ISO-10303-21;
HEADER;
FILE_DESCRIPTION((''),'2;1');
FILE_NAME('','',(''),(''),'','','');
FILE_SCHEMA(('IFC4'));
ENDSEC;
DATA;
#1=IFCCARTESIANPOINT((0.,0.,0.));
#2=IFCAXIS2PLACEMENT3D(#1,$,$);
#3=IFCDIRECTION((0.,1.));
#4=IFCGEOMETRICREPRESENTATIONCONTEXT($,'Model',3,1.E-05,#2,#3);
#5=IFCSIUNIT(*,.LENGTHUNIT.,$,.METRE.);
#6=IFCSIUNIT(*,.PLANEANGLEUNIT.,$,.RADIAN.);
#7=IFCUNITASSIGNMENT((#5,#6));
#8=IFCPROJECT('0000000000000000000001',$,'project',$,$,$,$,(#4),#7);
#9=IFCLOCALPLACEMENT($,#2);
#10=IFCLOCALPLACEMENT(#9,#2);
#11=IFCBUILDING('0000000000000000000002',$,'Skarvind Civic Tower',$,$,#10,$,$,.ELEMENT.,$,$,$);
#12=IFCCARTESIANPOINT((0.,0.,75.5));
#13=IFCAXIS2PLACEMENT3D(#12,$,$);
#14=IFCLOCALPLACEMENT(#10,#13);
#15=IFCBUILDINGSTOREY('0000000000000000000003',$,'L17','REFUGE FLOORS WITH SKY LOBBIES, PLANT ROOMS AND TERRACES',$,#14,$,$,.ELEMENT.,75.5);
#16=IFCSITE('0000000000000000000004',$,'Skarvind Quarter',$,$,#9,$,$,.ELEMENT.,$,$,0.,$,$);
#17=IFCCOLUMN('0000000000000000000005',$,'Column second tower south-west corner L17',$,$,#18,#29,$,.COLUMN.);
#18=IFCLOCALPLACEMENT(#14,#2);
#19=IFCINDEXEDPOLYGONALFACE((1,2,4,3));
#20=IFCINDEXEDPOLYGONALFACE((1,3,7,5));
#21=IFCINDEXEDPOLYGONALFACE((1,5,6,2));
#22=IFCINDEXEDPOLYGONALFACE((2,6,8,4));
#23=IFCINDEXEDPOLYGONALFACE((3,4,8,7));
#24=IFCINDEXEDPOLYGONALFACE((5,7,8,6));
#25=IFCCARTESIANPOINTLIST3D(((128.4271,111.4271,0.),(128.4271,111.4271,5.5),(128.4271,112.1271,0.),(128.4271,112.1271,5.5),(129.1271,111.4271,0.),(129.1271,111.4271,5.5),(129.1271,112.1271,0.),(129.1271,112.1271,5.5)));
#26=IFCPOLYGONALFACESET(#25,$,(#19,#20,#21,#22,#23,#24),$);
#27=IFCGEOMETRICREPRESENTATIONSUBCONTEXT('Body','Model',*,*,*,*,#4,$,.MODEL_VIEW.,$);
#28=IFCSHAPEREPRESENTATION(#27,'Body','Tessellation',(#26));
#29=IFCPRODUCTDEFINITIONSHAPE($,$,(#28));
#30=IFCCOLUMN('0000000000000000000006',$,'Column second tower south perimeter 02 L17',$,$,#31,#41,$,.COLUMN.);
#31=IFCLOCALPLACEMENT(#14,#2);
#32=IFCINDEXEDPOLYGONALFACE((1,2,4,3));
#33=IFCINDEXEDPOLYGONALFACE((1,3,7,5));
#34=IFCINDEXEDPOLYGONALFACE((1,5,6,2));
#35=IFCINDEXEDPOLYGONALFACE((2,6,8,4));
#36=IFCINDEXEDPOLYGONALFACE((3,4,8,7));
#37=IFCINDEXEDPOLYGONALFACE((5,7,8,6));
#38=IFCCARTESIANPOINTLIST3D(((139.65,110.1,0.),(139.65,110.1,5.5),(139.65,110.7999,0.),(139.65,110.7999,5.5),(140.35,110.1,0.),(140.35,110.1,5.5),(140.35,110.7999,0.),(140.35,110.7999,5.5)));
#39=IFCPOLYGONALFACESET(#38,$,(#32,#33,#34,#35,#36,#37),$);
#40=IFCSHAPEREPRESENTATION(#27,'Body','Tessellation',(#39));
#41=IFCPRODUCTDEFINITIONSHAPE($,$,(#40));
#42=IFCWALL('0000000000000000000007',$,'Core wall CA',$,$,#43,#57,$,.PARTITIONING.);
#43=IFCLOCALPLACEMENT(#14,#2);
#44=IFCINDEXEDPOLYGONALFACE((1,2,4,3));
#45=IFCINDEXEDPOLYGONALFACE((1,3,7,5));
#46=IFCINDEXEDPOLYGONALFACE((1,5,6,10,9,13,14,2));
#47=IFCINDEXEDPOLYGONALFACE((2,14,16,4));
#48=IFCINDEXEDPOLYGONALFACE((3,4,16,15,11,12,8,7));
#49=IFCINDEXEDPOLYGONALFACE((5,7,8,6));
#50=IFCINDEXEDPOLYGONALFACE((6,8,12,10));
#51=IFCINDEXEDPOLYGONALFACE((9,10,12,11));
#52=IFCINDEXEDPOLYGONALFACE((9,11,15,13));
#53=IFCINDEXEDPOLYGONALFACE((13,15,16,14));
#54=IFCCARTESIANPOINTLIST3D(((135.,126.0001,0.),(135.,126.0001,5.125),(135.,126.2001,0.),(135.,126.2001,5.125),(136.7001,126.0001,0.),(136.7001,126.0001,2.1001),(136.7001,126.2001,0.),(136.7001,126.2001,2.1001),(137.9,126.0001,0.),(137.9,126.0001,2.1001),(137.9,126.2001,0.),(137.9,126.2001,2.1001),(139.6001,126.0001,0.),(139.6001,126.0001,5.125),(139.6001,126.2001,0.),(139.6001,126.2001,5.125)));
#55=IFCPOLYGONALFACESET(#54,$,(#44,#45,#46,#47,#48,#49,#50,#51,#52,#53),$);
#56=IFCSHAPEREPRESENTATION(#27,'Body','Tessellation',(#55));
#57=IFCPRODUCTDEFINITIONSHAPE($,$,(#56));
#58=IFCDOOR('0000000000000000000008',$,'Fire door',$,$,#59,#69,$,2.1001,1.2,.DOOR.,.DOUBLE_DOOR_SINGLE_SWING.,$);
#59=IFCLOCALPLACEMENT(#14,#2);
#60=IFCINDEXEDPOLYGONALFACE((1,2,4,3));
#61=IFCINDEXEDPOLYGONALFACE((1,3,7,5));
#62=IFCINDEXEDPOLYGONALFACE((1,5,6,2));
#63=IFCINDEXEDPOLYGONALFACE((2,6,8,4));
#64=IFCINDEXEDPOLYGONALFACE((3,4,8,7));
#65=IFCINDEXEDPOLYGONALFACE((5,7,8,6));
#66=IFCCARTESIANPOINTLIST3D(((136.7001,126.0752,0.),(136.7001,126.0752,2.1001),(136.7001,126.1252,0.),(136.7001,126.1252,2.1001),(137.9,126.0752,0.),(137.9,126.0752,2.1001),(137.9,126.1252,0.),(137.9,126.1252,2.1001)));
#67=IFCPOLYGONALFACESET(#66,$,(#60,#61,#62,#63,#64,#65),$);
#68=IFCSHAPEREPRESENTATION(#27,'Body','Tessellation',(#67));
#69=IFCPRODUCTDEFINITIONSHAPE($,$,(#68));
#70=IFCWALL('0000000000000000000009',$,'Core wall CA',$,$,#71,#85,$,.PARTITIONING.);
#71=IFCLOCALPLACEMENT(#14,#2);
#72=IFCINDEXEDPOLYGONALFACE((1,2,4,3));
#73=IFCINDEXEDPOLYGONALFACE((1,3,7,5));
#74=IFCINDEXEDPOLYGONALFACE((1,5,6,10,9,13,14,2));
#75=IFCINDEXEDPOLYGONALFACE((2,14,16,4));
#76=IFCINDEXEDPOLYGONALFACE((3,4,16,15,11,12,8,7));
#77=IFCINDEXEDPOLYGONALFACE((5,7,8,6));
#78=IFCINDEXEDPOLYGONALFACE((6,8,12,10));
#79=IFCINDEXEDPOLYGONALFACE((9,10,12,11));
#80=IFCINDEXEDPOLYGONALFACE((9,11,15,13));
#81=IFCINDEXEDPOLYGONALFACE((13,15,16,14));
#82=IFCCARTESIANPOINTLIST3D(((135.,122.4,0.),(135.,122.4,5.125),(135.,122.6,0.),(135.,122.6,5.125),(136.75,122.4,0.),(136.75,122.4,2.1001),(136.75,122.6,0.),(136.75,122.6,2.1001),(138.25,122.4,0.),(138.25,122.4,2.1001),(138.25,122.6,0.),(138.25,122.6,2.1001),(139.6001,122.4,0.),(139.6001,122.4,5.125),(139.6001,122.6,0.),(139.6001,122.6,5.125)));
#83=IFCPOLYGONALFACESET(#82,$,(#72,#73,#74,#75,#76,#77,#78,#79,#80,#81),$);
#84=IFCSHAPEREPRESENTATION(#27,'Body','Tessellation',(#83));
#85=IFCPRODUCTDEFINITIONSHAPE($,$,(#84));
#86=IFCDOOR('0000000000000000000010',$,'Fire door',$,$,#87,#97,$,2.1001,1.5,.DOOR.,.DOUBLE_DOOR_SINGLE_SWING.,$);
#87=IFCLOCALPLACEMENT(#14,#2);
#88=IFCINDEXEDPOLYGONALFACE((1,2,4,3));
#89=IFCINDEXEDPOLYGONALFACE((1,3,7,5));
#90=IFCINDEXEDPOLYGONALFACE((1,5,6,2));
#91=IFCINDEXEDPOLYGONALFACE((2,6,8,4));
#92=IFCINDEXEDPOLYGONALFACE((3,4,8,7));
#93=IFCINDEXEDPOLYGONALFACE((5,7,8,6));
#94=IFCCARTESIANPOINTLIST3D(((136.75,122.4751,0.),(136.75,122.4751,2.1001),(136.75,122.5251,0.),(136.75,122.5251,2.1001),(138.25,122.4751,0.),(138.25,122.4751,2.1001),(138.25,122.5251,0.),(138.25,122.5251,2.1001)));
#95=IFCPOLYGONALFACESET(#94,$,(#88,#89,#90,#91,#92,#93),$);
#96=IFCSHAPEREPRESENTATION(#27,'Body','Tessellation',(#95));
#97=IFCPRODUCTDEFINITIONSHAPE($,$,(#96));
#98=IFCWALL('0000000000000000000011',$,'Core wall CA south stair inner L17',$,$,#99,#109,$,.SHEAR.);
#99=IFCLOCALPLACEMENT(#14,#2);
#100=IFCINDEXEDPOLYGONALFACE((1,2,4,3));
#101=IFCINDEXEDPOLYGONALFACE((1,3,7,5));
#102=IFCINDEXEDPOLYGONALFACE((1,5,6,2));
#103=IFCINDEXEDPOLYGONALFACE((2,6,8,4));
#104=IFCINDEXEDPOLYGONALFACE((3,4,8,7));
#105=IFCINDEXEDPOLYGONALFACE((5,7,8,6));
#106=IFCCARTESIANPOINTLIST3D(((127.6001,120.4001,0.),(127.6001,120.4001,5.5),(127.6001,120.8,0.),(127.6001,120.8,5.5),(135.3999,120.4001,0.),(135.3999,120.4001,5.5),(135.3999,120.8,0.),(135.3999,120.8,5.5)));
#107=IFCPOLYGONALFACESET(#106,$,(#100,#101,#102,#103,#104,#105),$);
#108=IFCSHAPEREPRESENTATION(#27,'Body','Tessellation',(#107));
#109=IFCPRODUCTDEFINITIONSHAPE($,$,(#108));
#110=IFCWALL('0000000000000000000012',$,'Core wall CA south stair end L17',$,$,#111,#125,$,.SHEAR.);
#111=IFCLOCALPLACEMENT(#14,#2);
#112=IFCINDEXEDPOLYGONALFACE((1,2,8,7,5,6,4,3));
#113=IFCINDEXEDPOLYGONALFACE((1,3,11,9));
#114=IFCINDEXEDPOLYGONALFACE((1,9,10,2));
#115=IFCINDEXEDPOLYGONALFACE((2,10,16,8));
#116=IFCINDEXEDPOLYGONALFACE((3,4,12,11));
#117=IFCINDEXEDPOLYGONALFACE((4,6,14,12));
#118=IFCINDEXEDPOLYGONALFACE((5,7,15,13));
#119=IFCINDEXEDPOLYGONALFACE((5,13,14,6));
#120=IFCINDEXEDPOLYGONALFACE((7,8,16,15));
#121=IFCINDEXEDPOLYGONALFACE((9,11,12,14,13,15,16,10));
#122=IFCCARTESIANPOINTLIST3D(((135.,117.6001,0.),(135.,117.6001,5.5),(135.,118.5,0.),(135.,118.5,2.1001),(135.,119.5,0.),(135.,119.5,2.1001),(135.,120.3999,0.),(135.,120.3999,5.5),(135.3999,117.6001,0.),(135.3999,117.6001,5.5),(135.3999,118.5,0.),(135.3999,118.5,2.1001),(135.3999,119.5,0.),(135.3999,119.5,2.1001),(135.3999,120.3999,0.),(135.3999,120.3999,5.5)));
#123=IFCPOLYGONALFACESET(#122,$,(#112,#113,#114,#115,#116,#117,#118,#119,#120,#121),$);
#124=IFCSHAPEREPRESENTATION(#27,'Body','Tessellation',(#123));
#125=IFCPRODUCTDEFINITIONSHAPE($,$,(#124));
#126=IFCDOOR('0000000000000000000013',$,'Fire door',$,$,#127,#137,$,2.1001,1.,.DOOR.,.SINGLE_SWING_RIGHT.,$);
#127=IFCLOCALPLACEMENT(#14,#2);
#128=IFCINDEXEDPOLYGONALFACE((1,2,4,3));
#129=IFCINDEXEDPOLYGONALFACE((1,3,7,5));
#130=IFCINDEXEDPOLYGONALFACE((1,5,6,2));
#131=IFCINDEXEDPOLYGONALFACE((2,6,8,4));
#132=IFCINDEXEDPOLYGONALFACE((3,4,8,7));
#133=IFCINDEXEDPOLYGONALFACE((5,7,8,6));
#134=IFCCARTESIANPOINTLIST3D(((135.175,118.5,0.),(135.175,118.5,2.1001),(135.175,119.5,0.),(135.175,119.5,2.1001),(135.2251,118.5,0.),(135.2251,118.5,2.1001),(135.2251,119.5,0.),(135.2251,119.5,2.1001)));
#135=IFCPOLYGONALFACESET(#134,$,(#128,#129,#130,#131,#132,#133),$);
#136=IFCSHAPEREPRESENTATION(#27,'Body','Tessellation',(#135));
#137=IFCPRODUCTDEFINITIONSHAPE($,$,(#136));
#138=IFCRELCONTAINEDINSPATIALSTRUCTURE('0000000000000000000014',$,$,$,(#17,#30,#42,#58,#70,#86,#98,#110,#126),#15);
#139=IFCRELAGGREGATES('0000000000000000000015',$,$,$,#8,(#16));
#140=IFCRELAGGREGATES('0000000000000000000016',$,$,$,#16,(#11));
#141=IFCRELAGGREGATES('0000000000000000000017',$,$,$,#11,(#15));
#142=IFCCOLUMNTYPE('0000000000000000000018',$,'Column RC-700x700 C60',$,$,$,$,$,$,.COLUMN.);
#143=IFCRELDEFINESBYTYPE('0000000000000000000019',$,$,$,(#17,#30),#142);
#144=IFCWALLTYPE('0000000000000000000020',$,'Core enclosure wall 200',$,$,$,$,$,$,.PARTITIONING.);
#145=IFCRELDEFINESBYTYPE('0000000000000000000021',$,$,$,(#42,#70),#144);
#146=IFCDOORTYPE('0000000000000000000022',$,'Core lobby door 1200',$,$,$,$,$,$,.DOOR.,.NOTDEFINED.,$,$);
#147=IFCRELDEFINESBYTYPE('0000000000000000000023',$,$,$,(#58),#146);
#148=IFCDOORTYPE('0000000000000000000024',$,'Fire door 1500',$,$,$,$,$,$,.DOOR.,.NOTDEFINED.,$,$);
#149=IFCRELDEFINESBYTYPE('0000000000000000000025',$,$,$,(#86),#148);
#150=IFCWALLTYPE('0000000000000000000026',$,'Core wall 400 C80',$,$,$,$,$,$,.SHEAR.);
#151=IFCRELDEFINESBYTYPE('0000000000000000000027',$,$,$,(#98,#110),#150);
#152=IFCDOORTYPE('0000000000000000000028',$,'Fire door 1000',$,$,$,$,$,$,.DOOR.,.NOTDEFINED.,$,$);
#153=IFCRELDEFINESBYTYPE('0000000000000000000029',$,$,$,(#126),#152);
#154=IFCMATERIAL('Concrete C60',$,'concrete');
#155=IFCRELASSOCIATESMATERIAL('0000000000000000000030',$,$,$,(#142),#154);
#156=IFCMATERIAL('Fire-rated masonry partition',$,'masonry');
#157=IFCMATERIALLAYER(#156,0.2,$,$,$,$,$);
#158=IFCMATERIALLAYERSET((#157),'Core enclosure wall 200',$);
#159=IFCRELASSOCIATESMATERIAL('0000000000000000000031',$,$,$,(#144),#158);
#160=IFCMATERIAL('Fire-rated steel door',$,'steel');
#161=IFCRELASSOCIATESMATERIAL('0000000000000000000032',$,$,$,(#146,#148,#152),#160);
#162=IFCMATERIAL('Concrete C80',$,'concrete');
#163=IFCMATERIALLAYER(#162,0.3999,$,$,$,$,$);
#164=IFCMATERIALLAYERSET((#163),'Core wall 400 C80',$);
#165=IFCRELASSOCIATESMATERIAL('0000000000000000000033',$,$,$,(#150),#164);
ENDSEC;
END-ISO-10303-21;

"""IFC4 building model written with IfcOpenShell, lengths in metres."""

from ifc_helpers import new_model, si_unit, direction, frame, frame_2d, origin, origin_2d, place, context, subcontext, project, spatial, rectangle, extrude, material, layer, layer_set, material_profile, profile_set, type_object, element, fill, save


model = new_model("IFC4")

# Units and contexts
model_context = context("Model", 3, precision=1e-05, world=origin(), true_north=direction((0.0, 1.0)))
body_context = subcontext(model_context, "Body", "Model", "MODEL_VIEW")
ifc_project = project(units=[si_unit("LENGTHUNIT", "METRE"), si_unit("PLANEANGLEUNIT", "RADIAN")], contexts=[model_context])

# Site, building, storey
site_placement = place(None, origin())
site = spatial("IfcSite", under=ifc_project, at=site_placement, Name="Skarvind Quarter", CompositionType="ELEMENT", RefElevation=0.0)
building_placement = place(site_placement, origin())
building = spatial("IfcBuilding", under=site, at=building_placement, Name="Skarvind Civic Tower", CompositionType="ELEMENT")
storey_placement = place(building_placement, frame((0.0, 0.0, 75.5)))
storey = spatial("IfcBuildingStorey", under=building, at=storey_placement, Name="L17", Description="REFUGE FLOORS WITH SKY LOBBIES, PLANT ROOMS AND TERRACES", CompositionType="ELEMENT", Elevation=75.5)

# Columns
ifc_material_1 = material(Name="Concrete C60", Category="concrete")
ifc_material_profile = material_profile(ifc_material_1, rectangle(XDim=0.7, YDim=0.7, at=origin_2d()), Name="RC-700x700")
ifc_profile_set = profile_set([ifc_material_profile], Name="Concrete C60")
column_type = type_object("IfcColumnType", Name="Column RC-700x700 C60", PredefinedType="COLUMN", material=ifc_profile_set)
for number, where, z_axis, x_axis, name in (
    (1, (128.7771, 111.7771, 0.0), (0.0, 0.0, 1.0), (1.0, 0.0, 0.0), "Column second tower south-west corner L17"),
    (2, (140.0, 110.45, 0.0), (0.0, 0.0, 1.0), (1.0, 0.0, 0.0), "Column second tower south perimeter 02 L17"),
):
    element("IfcColumn", number, at=place(storey_placement, frame(where, z_axis=z_axis, x_axis=x_axis)), inside=storey, type_object=column_type, Name=name, PredefinedType="COLUMN", context=body_context, shape_type="SweptSolid", body=[
        extrude(rectangle(XDim=0.7, YDim=0.7, at=origin_2d()), origin(), (0.0, 0.0, 1.0), 5.5),
    ])

# Walls, openings, doors
ifc_material_2 = material(Name="Fire-rated masonry partition", Category="masonry")
ifc_layer_1 = layer(ifc_material_2, 0.2)
ifc_layer_set_1 = layer_set([ifc_layer_1], Name="Core enclosure wall 200")
wall_type_1 = type_object("IfcWallType", Name="Core enclosure wall 200", PredefinedType="PARTITIONING", material=ifc_layer_set_1)
wall_1_placement = place(storey_placement, frame((139.6001, 126.1001, 0.0), z_axis=(0.0, 0.0, 1.0), x_axis=(-1.0, 0.0, 0.0)))
wall_1 = element("IfcWall", 3, at=wall_1_placement, inside=storey, type_object=wall_type_1, Name="Core wall CA", PredefinedType="PARTITIONING", context=body_context, shape_type="SweptSolid", body=[
    extrude(rectangle(XDim=4.6001, YDim=0.2, at=frame_2d((2.3, 0.0))), origin(), (0.0, 0.0, 1.0), 5.125),
])
opening_1_placement = place(wall_1_placement, frame((1.7, 0.0, 0.0)))
opening_1 = element("IfcOpeningElement", 4, at=opening_1_placement, cuts=wall_1, PredefinedType="OPENING", context=body_context, shape_type="SweptSolid", body=[
    extrude(rectangle(XDim=1.2, YDim=2.1001, at=frame_2d((0.6001, 1.05))), frame((0.0, 0.1099, 0.0), z_axis=(0.0, -1.0, 0.0), x_axis=(1.0, 0.0, 0.0)), (0.0, 0.0, 1.0), 0.22),
])
ifc_material_3 = material(Name="Fire-rated steel door", Category="steel")
door_type_1 = type_object("IfcDoorType", Name="Core lobby door 1200", OperationType="NOTDEFINED", PredefinedType="DOOR", material=ifc_material_3)
door_1_placement = place(opening_1_placement, origin())
door_1 = element("IfcDoor", 5, at=door_1_placement, inside=storey, type_object=door_type_1, Name="Fire door", OperationType="DOUBLE_DOOR_SINGLE_SWING", OverallHeight=2.1001, OverallWidth=1.2, PredefinedType="DOOR", context=body_context, shape_type="SweptSolid", body=[
    extrude(rectangle(XDim=1.2, YDim=2.1001, at=frame_2d((0.6001, 1.05))), frame((0.0, 0.0249, 0.0), z_axis=(0.0, -1.0, 0.0), x_axis=(1.0, 0.0, 0.0)), (0.0, 0.0, 1.0), 0.05),
])
fill(opening_1, door_1)
wall_2_placement = place(storey_placement, frame((139.6001, 122.5, 0.0), z_axis=(0.0, 0.0, 1.0), x_axis=(-1.0, 0.0, 0.0)))
wall_2 = element("IfcWall", 6, at=wall_2_placement, inside=storey, type_object=wall_type_1, Name="Core wall CA", PredefinedType="PARTITIONING", context=body_context, shape_type="SweptSolid", body=[
    extrude(rectangle(XDim=4.6001, YDim=0.2, at=frame_2d((2.3, 0.0))), origin(), (0.0, 0.0, 1.0), 5.125),
])
opening_2_placement = place(wall_2_placement, frame((1.3501, 0.0, 0.0)))
opening_2 = element("IfcOpeningElement", 7, at=opening_2_placement, cuts=wall_2, PredefinedType="OPENING", context=body_context, shape_type="SweptSolid", body=[
    extrude(rectangle(XDim=1.5, YDim=2.1001, at=frame_2d((0.75, 1.05))), frame((0.0, 0.1099, 0.0), z_axis=(0.0, -1.0, 0.0), x_axis=(1.0, 0.0, 0.0)), (0.0, 0.0, 1.0), 0.22),
])
door_type_2 = type_object("IfcDoorType", Name="Fire door 1500", OperationType="NOTDEFINED", PredefinedType="DOOR", material=ifc_material_3)
door_2_placement = place(opening_2_placement, origin())
door_2 = element("IfcDoor", 8, at=door_2_placement, inside=storey, type_object=door_type_2, Name="Fire door", OperationType="DOUBLE_DOOR_SINGLE_SWING", OverallHeight=2.1001, OverallWidth=1.5, PredefinedType="DOOR", context=body_context, shape_type="SweptSolid", body=[
    extrude(rectangle(XDim=1.5, YDim=2.1001, at=frame_2d((0.75, 1.05))), frame((0.0, 0.0249, 0.0), z_axis=(0.0, -1.0, 0.0), x_axis=(1.0, 0.0, 0.0)), (0.0, 0.0, 1.0), 0.05),
])
fill(opening_2, door_2)

# Wall
ifc_material_4 = material(Name="Concrete C80", Category="concrete")
ifc_layer_2 = layer(ifc_material_4, 0.3999)
ifc_layer_set_2 = layer_set([ifc_layer_2], Name="Core wall 400 C80")
wall_type_2 = type_object("IfcWallType", Name="Core wall 400 C80", PredefinedType="SHEAR", material=ifc_layer_set_2)
wall_3_placement = place(storey_placement, frame((127.6001, 120.6001, 0.0), z_axis=(0.0, 0.0, 1.0), x_axis=(1.0, 0.0, 0.0)))
element("IfcWall", 9, at=wall_3_placement, inside=storey, type_object=wall_type_2, Name="Core wall CA south stair inner L17", PredefinedType="SHEAR", context=body_context, shape_type="SweptSolid", body=[
    extrude(rectangle(XDim=7.7998, YDim=0.3999, at=frame_2d((3.8999, 0.0))), origin(), (0.0, 0.0, 1.0), 5.5),
])

# Wall, opening, door
wall_4_placement = place(storey_placement, frame((135.2, 117.6001, 0.0), z_axis=(0.0, 0.0, 1.0), x_axis=(0.0, 1.0, 0.0)))
wall_4 = element("IfcWall", 10, at=wall_4_placement, inside=storey, type_object=wall_type_2, Name="Core wall CA south stair end L17", PredefinedType="SHEAR", context=body_context, shape_type="SweptSolid", body=[
    extrude(rectangle(XDim=2.7998, YDim=0.3999, at=frame_2d((1.3999, 0.0))), origin(), (0.0, 0.0, 1.0), 5.5),
])
opening_3_placement = place(wall_4_placement, frame((0.8999, 0.0, 0.0)))
opening_3 = element("IfcOpeningElement", 11, at=opening_3_placement, cuts=wall_4, PredefinedType="OPENING", context=body_context, shape_type="SweptSolid", body=[
    extrude(rectangle(XDim=1.0, YDim=2.1001, at=frame_2d((0.5, 1.05))), frame((0.0, 0.21, 0.0), z_axis=(0.0, -1.0, 0.0), x_axis=(1.0, 0.0, 0.0)), (0.0, 0.0, 1.0), 0.4199),
])
door_type_3 = type_object("IfcDoorType", Name="Fire door 1000", OperationType="NOTDEFINED", PredefinedType="DOOR", material=ifc_material_3)
door_3_placement = place(opening_3_placement, origin())
door_3 = element("IfcDoor", 12, at=door_3_placement, inside=storey, type_object=door_type_3, Name="Fire door", OperationType="SINGLE_SWING_RIGHT", OverallHeight=2.1001, OverallWidth=1.0, PredefinedType="DOOR", context=body_context, shape_type="SweptSolid", body=[
    extrude(rectangle(XDim=1.0, YDim=2.1001, at=frame_2d((0.5, 1.05))), frame((0.0, 0.0249, 0.0), z_axis=(0.0, -1.0, 0.0), x_axis=(1.0, 0.0, 0.0)), (0.0, 0.0, 1.0), 0.05),
])
fill(opening_3, door_3)

save(model, "model.ifc")
